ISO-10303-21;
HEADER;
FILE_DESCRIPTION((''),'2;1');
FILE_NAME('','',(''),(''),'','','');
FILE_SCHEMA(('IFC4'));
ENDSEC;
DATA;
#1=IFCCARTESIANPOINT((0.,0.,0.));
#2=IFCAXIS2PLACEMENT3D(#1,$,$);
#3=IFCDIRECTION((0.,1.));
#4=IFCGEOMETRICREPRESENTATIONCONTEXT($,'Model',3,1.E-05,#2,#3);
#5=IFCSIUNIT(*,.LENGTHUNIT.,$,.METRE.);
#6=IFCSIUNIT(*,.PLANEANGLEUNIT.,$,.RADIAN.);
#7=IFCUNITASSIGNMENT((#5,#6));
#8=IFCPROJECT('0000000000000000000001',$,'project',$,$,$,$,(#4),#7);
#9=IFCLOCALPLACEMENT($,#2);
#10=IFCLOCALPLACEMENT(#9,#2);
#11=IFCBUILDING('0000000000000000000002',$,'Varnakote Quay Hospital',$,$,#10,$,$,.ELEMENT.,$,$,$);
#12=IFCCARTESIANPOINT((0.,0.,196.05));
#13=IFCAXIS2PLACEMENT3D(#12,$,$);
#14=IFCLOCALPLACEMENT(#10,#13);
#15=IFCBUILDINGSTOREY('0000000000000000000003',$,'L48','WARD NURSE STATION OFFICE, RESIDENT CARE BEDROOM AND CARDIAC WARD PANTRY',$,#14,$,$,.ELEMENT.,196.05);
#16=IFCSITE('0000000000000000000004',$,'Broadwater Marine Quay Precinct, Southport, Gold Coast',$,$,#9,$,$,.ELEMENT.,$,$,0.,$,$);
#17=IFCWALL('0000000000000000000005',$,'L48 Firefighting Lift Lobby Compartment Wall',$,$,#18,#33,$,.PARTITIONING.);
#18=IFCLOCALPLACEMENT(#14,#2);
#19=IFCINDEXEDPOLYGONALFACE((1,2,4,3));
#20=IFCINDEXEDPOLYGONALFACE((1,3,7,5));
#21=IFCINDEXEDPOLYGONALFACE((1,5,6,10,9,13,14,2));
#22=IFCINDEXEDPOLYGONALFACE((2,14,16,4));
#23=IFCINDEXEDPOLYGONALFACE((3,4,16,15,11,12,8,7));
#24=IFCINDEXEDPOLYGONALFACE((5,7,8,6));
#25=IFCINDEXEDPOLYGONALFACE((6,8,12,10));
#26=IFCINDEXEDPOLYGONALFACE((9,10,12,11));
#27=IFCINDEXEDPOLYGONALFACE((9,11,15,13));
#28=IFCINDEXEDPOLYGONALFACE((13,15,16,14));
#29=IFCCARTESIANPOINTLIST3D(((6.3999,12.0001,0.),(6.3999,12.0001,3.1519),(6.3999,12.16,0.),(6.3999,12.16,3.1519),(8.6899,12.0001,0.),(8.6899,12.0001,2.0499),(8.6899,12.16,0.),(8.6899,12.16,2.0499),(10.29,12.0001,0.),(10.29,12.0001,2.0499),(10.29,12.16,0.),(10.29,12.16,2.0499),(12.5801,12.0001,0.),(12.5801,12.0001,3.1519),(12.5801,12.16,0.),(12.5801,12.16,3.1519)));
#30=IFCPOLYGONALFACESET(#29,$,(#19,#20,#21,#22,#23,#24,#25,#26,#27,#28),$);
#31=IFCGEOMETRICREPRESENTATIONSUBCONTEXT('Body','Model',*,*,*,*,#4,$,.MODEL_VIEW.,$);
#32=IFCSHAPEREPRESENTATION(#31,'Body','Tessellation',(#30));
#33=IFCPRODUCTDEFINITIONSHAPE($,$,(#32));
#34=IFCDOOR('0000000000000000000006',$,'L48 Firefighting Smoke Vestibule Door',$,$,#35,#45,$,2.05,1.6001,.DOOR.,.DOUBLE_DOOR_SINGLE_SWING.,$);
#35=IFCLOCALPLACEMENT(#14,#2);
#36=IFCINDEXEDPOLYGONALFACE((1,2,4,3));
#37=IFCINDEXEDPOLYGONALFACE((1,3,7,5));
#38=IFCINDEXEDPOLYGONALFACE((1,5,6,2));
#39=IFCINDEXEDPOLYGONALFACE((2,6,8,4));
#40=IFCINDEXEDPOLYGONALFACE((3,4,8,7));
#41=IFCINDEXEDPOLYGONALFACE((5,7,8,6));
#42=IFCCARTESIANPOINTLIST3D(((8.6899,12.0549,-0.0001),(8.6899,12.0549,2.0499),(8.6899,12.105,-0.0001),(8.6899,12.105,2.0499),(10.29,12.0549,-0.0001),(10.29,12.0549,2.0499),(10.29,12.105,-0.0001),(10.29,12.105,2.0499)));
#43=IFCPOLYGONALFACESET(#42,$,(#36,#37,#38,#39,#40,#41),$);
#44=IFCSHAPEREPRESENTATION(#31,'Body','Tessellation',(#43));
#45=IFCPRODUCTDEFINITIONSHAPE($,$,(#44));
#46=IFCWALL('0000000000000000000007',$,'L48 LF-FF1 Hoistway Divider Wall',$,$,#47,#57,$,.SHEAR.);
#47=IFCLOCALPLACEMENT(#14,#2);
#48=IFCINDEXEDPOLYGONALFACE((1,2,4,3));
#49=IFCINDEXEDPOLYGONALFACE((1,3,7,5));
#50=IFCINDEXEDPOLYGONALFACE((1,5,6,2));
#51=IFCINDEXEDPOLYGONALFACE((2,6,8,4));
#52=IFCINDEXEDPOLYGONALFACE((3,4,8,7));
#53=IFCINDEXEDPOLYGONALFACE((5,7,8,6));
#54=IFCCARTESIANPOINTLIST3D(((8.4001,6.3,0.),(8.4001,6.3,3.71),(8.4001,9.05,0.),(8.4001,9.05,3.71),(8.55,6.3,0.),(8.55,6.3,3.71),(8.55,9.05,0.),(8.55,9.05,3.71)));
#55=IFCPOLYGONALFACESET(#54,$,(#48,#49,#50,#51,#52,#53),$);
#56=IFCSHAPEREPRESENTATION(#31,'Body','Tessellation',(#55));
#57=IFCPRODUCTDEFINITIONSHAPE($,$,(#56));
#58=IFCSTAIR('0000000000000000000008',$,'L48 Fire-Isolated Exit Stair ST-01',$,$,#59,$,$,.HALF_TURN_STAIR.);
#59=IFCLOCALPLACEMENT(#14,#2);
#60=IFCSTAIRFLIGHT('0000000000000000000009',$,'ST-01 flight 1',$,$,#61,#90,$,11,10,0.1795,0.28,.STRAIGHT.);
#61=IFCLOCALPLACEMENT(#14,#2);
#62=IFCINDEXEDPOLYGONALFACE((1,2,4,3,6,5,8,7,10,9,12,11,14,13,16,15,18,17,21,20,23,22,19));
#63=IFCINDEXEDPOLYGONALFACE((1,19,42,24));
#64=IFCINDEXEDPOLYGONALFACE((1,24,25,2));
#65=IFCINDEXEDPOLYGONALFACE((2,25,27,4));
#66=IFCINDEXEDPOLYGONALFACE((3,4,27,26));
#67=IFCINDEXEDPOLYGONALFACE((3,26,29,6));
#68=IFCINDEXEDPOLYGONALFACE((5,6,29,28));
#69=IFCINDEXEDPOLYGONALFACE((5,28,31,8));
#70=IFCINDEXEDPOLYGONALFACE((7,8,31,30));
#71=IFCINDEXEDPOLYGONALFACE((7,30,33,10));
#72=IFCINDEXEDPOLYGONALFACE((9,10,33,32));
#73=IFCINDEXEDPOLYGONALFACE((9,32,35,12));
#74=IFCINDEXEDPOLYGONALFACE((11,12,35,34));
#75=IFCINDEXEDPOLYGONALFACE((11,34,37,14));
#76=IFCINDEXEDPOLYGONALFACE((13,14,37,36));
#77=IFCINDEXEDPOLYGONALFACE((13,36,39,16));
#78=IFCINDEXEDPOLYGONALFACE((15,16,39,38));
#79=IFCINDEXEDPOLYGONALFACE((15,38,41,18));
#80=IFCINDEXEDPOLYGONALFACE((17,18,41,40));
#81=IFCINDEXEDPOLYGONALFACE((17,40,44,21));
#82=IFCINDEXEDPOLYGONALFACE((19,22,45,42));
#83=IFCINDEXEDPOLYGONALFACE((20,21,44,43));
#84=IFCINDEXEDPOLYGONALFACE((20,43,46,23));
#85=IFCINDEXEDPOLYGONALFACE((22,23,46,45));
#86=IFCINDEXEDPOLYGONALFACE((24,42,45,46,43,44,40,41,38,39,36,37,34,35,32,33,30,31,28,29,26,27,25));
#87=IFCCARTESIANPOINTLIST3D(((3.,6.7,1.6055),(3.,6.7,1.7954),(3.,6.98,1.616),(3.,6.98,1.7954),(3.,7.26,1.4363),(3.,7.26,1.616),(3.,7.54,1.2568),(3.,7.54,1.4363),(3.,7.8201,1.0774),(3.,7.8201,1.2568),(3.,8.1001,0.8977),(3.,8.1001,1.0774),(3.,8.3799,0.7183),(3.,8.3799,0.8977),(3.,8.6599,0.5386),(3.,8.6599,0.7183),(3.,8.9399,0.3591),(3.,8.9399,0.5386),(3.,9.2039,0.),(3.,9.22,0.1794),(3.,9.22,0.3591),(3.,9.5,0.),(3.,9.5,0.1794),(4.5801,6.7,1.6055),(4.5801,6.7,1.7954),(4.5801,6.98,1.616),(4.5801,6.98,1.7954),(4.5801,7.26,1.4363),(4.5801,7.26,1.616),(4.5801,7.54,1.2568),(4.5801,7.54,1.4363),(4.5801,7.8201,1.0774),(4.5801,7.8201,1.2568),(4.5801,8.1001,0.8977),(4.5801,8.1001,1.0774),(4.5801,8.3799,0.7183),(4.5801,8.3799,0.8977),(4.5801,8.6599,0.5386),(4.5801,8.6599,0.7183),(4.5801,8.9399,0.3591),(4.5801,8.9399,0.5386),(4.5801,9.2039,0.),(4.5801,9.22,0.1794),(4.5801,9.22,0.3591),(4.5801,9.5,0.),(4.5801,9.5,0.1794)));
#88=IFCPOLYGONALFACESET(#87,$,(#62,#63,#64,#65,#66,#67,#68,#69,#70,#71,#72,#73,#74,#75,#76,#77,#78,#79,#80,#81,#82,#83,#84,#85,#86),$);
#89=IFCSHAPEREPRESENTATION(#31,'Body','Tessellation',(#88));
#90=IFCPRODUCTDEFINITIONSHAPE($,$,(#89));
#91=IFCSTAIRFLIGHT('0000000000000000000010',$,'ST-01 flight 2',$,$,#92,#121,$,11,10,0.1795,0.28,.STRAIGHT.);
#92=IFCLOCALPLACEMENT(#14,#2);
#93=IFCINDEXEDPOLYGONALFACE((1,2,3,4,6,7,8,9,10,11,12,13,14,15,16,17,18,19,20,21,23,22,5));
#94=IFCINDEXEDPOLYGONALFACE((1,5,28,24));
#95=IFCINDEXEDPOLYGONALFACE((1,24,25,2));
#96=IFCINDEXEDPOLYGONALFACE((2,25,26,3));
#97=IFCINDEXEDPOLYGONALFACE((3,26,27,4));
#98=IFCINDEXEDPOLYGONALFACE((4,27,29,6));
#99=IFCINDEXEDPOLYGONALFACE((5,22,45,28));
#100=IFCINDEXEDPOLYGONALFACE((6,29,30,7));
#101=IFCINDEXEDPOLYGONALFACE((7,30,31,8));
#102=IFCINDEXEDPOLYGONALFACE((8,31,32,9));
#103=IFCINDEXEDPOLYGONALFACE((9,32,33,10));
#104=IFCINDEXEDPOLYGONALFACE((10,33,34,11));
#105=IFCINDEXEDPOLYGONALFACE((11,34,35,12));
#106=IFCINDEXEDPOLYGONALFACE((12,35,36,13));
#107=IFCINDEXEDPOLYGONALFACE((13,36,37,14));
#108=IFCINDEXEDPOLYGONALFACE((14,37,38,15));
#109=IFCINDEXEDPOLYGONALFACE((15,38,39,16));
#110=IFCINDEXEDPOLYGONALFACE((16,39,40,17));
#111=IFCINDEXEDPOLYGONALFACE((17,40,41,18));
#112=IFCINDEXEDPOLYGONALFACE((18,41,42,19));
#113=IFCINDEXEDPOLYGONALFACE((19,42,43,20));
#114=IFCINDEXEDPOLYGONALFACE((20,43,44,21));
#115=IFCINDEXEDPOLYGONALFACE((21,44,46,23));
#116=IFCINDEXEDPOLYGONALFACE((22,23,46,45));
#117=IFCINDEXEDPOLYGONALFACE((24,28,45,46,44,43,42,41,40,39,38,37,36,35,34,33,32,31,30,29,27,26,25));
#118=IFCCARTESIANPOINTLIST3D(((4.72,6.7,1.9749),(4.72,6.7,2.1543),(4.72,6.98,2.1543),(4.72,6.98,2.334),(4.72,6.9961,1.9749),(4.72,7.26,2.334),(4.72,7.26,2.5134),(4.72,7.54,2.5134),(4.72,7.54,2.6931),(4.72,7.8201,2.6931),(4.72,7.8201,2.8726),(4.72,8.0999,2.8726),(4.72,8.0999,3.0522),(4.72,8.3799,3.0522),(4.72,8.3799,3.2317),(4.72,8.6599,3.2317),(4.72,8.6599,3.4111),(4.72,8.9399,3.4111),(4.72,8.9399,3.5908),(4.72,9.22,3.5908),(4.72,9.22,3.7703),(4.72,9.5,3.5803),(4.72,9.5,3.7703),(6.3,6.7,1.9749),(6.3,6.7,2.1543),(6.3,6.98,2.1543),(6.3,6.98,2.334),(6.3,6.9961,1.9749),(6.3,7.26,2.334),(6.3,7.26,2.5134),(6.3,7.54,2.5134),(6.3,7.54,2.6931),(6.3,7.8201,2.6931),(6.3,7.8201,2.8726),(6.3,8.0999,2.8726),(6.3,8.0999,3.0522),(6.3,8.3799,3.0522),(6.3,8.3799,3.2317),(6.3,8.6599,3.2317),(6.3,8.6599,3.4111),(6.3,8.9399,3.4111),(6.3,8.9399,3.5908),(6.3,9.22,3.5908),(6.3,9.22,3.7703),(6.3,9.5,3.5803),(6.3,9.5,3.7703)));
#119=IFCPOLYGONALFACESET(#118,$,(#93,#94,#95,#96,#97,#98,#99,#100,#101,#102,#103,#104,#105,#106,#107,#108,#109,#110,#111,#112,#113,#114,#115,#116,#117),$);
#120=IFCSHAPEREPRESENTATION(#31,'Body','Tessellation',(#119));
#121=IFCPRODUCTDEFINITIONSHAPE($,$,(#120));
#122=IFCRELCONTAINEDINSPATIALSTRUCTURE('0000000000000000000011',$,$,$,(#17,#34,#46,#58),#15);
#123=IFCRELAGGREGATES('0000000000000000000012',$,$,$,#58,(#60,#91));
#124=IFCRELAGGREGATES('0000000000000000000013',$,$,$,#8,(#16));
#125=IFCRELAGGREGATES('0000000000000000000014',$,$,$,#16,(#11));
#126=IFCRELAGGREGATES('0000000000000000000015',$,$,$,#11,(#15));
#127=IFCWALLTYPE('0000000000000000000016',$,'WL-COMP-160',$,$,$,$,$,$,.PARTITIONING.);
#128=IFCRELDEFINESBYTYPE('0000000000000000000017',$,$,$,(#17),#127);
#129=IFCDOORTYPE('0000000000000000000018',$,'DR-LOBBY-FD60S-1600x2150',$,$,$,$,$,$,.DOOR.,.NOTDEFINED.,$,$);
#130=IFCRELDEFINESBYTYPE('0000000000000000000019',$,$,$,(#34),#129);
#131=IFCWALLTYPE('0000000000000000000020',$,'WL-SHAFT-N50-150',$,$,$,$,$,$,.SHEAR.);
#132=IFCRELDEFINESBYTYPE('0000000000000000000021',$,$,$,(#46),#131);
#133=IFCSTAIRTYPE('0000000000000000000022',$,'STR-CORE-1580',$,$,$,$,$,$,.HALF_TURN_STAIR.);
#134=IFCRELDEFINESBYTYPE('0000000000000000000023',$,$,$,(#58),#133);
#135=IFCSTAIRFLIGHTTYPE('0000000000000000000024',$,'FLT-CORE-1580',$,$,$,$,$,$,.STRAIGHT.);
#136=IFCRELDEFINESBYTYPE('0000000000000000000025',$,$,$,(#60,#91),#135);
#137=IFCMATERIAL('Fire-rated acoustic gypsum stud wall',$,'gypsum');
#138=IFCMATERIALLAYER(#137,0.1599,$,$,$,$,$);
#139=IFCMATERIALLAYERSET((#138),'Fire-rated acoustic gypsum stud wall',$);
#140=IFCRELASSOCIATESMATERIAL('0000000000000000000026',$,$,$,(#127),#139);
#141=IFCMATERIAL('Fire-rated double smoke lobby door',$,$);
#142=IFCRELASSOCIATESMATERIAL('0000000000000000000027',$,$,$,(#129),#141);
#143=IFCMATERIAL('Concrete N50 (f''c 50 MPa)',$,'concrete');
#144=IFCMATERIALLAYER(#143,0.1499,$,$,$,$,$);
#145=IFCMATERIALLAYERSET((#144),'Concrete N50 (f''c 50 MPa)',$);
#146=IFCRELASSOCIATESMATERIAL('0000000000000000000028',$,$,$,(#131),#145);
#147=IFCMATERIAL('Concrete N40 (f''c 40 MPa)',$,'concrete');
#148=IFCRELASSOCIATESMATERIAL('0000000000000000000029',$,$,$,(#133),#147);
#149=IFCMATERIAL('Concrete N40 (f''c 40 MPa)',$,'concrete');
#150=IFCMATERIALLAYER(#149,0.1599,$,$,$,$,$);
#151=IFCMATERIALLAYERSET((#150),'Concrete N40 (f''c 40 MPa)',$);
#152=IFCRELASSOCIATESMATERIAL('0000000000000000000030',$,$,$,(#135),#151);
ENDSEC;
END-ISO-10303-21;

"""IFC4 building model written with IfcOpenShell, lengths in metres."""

from ifc_helpers import new_model, si_unit, direction, frame, frame_2d, origin, place, context, subcontext, project, spatial, polyline, rectangle, outline, extrude, material, layer, layer_set, type_object, element, fill, aggregate, save


model = new_model("IFC4")

# Units and contexts
model_context = context("Model", 3, precision=1e-05, world=origin(), true_north=direction((0.0, 1.0)))
body_context = subcontext(model_context, "Body", "Model", "MODEL_VIEW")
ifc_project = project(units=[si_unit("LENGTHUNIT", "METRE"), si_unit("PLANEANGLEUNIT", "RADIAN")], contexts=[model_context])

# Site, building, storey
site_placement = place(None, origin())
site = spatial("IfcSite", under=ifc_project, at=site_placement, Name="Broadwater Marine Quay Precinct, Southport, Gold Coast", CompositionType="ELEMENT", RefElevation=0.0)
building_placement = place(site_placement, origin())
building = spatial("IfcBuilding", under=site, at=building_placement, Name="Varnakote Quay Hospital", CompositionType="ELEMENT")
storey_placement = place(building_placement, frame((0.0, 0.0, 196.05)))
storey = spatial("IfcBuildingStorey", under=building, at=storey_placement, Name="L48", Description="WARD NURSE STATION OFFICE, RESIDENT CARE BEDROOM AND CARDIAC WARD PANTRY", CompositionType="ELEMENT", Elevation=196.05)

# Shared definitions
ifc_material_1 = material(Name="Fire-rated acoustic gypsum stud wall", Category="gypsum")
ifc_layer_1 = layer(ifc_material_1, 0.1599)
ifc_layer_set_1 = layer_set([ifc_layer_1], Name="Fire-rated acoustic gypsum stud wall")
wall_type_1 = type_object("IfcWallType", Name="WL-COMP-160", PredefinedType="PARTITIONING", material=ifc_layer_set_1)

# Shared definitions
ifc_material_2 = material(Name="Fire-rated double smoke lobby door")
door_type_1 = type_object("IfcDoorType", Name="DR-LOBBY-FD60S-1600x2150", OperationType="NOTDEFINED", PredefinedType="DOOR", material=ifc_material_2)

# Wall, opening, door
wall_1_placement = place(storey_placement, frame((6.3999, 12.0801, 0.0), z_axis=(0.0, 0.0, 1.0), x_axis=(1.0, 0.0, 0.0)))
wall_1 = element("IfcWall", 1, at=wall_1_placement, inside=storey, type_object=wall_type_1, Name="L48 Firefighting Lift Lobby Compartment Wall", PredefinedType="PARTITIONING", context=body_context, shape_type="SweptSolid", body=[
    extrude(rectangle(XDim=6.1802, YDim=0.1599, at=frame_2d((3.0901, 0.0))), origin(), (0.0, 0.0, 1.0), 3.1519),
])
opening_1_placement = place(wall_1_placement, frame((2.29, 0.0, 0.0)))
opening_1 = element("IfcOpeningElement", 2, at=opening_1_placement, cuts=wall_1, PredefinedType="OPENING", context=body_context, shape_type="SweptSolid", body=[
    extrude(rectangle(XDim=1.6001, YDim=2.05, at=frame_2d((0.8, 1.0249))), frame((0.0, 0.0898, 0.0), z_axis=(0.0, -1.0, 0.0), x_axis=(1.0, 0.0, 0.0)), (0.0, 0.0, 1.0), 0.1799),
])
door_1_placement = place(opening_1_placement, origin())
door_1 = element("IfcDoor", 3, at=door_1_placement, inside=storey, type_object=door_type_1, Name="L48 Firefighting Smoke Vestibule Door", OperationType="DOUBLE_DOOR_SINGLE_SWING", OverallHeight=2.05, OverallWidth=1.6001, PredefinedType="DOOR", context=body_context, shape_type="SweptSolid", body=[
    extrude(rectangle(XDim=1.6001, YDim=2.05, at=frame_2d((0.8, 1.0249))), frame((0.0, 0.0249, 0.0), z_axis=(0.0, -1.0, 0.0), x_axis=(1.0, 0.0, 0.0)), (0.0, 0.0, 1.0), 0.05),
])
fill(opening_1, door_1)

# Wall
ifc_material_3 = material(Name="Concrete N50 (f'c 50 MPa)", Category="concrete")
ifc_layer_2 = layer(ifc_material_3, 0.1499)
ifc_layer_set_2 = layer_set([ifc_layer_2], Name="Concrete N50 (f'c 50 MPa)")
wall_type_2 = type_object("IfcWallType", Name="WL-SHAFT-N50-150", PredefinedType="SHEAR", material=ifc_layer_set_2)
wall_2_placement = place(storey_placement, frame((8.4751, 6.3, 0.0), z_axis=(0.0, 0.0, 1.0), x_axis=(0.0, 1.0, 0.0)))
element("IfcWall", 4, at=wall_2_placement, inside=storey, type_object=wall_type_2, Name="L48 LF-FF1 Hoistway Divider Wall", PredefinedType="SHEAR", context=body_context, shape_type="SweptSolid", body=[
    extrude(rectangle(XDim=2.75, YDim=0.1499, at=frame_2d((1.375, 0.0))), origin(), (0.0, 0.0, 1.0), 3.71),
])

# Stair, stair flights
ifc_material_4 = material(Name="Concrete N40 (f'c 40 MPa)", Category="concrete")
stair_type = type_object("IfcStairType", Name="STR-CORE-1580", PredefinedType="HALF_TURN_STAIR", material=ifc_material_4)
stair_placement = place(storey_placement, origin())
stair = element("IfcStair", 5, at=stair_placement, inside=storey, type_object=stair_type, Name="L48 Fire-Isolated Exit Stair ST-01", PredefinedType="HALF_TURN_STAIR")
ifc_material_5 = material(Name="Concrete N40 (f'c 40 MPa)", Category="concrete")
ifc_layer_3 = layer(ifc_material_5, 0.1599)
ifc_layer_set_3 = layer_set([ifc_layer_3], Name="Concrete N40 (f'c 40 MPa)")
stair_flight_type = type_object("IfcStairFlightType", Name="FLT-CORE-1580", PredefinedType="STRAIGHT", material=ifc_layer_set_3)
stair_flight_1_placement = place(storey_placement, frame((3.79, 9.5, 0.0), z_axis=(0.0, 0.0, 1.0), x_axis=(0.0, -1.0, 0.0)))
stair_flight_1 = element("IfcStairFlight", 6, at=stair_flight_1_placement, type_object=stair_flight_type, Name="ST-01 flight 1", NumberOfRisers=11, NumberOfTreads=10, PredefinedType="STRAIGHT", RiserHeight=0.1795, TreadLength=0.28, context=body_context, shape_type="SweptSolid", body=[
    extrude(outline(polyline([(0.0, 0.0), (0.0, 0.1794), (0.28, 0.1794), (0.28, 0.3591), (0.5601, 0.3591), (0.5601, 0.5386), (0.8401, 0.5386), (0.8401, 0.7183), (1.1201, 0.7183), (1.1201, 0.8977), (1.3999, 0.8977), (1.3999, 1.0774), (1.6799, 1.0774), (1.6799, 1.2568), (1.96, 1.2568), (1.96, 1.4363), (2.24, 1.4363), (2.24, 1.616), (2.52, 1.616), (2.52, 1.7954), (2.8, 1.7954), (2.8, 1.9751), (2.8, 1.6055), (0.2961, 0.0), (0.0, 0.0)])), frame((0.0, 0.79, 0.0), z_axis=(0.0, -1.0, 0.0), x_axis=(1.0, 0.0, 0.0)), (0.0, 0.0, 1.0), 1.5801),
])
stair_flight_2_placement = place(storey_placement, frame((5.51, 6.7, 1.9749), z_axis=(0.0, 0.0, 1.0), x_axis=(0.0, 1.0, 0.0)))
stair_flight_2 = element("IfcStairFlight", 7, at=stair_flight_2_placement, type_object=stair_flight_type, Name="ST-01 flight 2", NumberOfRisers=11, NumberOfTreads=10, PredefinedType="STRAIGHT", RiserHeight=0.1795, TreadLength=0.28, context=body_context, shape_type="SweptSolid", body=[
    extrude(outline(polyline([(0.0, 0.0), (0.0, 0.1794), (0.28, 0.1794), (0.28, 0.3591), (0.5601, 0.3591), (0.5601, 0.5386), (0.8401, 0.5386), (0.8401, 0.7183), (1.1201, 0.7183), (1.1201, 0.8977), (1.3999, 0.8977), (1.3999, 1.0774), (1.6799, 1.0774), (1.6799, 1.2568), (1.96, 1.2568), (1.96, 1.4363), (2.24, 1.4363), (2.24, 1.616), (2.52, 1.616), (2.52, 1.7954), (2.8, 1.7954), (2.8, 1.9751), (2.8, 1.6055), (0.2961, 0.0), (0.0, 0.0)])), frame((0.0, 0.79, 0.0), z_axis=(0.0, -1.0, 0.0), x_axis=(1.0, 0.0, 0.0)), (0.0, 0.0, 1.0), 1.5801),
])
aggregate(stair, [stair_flight_1, stair_flight_2])

save(model, "model.ifc")
